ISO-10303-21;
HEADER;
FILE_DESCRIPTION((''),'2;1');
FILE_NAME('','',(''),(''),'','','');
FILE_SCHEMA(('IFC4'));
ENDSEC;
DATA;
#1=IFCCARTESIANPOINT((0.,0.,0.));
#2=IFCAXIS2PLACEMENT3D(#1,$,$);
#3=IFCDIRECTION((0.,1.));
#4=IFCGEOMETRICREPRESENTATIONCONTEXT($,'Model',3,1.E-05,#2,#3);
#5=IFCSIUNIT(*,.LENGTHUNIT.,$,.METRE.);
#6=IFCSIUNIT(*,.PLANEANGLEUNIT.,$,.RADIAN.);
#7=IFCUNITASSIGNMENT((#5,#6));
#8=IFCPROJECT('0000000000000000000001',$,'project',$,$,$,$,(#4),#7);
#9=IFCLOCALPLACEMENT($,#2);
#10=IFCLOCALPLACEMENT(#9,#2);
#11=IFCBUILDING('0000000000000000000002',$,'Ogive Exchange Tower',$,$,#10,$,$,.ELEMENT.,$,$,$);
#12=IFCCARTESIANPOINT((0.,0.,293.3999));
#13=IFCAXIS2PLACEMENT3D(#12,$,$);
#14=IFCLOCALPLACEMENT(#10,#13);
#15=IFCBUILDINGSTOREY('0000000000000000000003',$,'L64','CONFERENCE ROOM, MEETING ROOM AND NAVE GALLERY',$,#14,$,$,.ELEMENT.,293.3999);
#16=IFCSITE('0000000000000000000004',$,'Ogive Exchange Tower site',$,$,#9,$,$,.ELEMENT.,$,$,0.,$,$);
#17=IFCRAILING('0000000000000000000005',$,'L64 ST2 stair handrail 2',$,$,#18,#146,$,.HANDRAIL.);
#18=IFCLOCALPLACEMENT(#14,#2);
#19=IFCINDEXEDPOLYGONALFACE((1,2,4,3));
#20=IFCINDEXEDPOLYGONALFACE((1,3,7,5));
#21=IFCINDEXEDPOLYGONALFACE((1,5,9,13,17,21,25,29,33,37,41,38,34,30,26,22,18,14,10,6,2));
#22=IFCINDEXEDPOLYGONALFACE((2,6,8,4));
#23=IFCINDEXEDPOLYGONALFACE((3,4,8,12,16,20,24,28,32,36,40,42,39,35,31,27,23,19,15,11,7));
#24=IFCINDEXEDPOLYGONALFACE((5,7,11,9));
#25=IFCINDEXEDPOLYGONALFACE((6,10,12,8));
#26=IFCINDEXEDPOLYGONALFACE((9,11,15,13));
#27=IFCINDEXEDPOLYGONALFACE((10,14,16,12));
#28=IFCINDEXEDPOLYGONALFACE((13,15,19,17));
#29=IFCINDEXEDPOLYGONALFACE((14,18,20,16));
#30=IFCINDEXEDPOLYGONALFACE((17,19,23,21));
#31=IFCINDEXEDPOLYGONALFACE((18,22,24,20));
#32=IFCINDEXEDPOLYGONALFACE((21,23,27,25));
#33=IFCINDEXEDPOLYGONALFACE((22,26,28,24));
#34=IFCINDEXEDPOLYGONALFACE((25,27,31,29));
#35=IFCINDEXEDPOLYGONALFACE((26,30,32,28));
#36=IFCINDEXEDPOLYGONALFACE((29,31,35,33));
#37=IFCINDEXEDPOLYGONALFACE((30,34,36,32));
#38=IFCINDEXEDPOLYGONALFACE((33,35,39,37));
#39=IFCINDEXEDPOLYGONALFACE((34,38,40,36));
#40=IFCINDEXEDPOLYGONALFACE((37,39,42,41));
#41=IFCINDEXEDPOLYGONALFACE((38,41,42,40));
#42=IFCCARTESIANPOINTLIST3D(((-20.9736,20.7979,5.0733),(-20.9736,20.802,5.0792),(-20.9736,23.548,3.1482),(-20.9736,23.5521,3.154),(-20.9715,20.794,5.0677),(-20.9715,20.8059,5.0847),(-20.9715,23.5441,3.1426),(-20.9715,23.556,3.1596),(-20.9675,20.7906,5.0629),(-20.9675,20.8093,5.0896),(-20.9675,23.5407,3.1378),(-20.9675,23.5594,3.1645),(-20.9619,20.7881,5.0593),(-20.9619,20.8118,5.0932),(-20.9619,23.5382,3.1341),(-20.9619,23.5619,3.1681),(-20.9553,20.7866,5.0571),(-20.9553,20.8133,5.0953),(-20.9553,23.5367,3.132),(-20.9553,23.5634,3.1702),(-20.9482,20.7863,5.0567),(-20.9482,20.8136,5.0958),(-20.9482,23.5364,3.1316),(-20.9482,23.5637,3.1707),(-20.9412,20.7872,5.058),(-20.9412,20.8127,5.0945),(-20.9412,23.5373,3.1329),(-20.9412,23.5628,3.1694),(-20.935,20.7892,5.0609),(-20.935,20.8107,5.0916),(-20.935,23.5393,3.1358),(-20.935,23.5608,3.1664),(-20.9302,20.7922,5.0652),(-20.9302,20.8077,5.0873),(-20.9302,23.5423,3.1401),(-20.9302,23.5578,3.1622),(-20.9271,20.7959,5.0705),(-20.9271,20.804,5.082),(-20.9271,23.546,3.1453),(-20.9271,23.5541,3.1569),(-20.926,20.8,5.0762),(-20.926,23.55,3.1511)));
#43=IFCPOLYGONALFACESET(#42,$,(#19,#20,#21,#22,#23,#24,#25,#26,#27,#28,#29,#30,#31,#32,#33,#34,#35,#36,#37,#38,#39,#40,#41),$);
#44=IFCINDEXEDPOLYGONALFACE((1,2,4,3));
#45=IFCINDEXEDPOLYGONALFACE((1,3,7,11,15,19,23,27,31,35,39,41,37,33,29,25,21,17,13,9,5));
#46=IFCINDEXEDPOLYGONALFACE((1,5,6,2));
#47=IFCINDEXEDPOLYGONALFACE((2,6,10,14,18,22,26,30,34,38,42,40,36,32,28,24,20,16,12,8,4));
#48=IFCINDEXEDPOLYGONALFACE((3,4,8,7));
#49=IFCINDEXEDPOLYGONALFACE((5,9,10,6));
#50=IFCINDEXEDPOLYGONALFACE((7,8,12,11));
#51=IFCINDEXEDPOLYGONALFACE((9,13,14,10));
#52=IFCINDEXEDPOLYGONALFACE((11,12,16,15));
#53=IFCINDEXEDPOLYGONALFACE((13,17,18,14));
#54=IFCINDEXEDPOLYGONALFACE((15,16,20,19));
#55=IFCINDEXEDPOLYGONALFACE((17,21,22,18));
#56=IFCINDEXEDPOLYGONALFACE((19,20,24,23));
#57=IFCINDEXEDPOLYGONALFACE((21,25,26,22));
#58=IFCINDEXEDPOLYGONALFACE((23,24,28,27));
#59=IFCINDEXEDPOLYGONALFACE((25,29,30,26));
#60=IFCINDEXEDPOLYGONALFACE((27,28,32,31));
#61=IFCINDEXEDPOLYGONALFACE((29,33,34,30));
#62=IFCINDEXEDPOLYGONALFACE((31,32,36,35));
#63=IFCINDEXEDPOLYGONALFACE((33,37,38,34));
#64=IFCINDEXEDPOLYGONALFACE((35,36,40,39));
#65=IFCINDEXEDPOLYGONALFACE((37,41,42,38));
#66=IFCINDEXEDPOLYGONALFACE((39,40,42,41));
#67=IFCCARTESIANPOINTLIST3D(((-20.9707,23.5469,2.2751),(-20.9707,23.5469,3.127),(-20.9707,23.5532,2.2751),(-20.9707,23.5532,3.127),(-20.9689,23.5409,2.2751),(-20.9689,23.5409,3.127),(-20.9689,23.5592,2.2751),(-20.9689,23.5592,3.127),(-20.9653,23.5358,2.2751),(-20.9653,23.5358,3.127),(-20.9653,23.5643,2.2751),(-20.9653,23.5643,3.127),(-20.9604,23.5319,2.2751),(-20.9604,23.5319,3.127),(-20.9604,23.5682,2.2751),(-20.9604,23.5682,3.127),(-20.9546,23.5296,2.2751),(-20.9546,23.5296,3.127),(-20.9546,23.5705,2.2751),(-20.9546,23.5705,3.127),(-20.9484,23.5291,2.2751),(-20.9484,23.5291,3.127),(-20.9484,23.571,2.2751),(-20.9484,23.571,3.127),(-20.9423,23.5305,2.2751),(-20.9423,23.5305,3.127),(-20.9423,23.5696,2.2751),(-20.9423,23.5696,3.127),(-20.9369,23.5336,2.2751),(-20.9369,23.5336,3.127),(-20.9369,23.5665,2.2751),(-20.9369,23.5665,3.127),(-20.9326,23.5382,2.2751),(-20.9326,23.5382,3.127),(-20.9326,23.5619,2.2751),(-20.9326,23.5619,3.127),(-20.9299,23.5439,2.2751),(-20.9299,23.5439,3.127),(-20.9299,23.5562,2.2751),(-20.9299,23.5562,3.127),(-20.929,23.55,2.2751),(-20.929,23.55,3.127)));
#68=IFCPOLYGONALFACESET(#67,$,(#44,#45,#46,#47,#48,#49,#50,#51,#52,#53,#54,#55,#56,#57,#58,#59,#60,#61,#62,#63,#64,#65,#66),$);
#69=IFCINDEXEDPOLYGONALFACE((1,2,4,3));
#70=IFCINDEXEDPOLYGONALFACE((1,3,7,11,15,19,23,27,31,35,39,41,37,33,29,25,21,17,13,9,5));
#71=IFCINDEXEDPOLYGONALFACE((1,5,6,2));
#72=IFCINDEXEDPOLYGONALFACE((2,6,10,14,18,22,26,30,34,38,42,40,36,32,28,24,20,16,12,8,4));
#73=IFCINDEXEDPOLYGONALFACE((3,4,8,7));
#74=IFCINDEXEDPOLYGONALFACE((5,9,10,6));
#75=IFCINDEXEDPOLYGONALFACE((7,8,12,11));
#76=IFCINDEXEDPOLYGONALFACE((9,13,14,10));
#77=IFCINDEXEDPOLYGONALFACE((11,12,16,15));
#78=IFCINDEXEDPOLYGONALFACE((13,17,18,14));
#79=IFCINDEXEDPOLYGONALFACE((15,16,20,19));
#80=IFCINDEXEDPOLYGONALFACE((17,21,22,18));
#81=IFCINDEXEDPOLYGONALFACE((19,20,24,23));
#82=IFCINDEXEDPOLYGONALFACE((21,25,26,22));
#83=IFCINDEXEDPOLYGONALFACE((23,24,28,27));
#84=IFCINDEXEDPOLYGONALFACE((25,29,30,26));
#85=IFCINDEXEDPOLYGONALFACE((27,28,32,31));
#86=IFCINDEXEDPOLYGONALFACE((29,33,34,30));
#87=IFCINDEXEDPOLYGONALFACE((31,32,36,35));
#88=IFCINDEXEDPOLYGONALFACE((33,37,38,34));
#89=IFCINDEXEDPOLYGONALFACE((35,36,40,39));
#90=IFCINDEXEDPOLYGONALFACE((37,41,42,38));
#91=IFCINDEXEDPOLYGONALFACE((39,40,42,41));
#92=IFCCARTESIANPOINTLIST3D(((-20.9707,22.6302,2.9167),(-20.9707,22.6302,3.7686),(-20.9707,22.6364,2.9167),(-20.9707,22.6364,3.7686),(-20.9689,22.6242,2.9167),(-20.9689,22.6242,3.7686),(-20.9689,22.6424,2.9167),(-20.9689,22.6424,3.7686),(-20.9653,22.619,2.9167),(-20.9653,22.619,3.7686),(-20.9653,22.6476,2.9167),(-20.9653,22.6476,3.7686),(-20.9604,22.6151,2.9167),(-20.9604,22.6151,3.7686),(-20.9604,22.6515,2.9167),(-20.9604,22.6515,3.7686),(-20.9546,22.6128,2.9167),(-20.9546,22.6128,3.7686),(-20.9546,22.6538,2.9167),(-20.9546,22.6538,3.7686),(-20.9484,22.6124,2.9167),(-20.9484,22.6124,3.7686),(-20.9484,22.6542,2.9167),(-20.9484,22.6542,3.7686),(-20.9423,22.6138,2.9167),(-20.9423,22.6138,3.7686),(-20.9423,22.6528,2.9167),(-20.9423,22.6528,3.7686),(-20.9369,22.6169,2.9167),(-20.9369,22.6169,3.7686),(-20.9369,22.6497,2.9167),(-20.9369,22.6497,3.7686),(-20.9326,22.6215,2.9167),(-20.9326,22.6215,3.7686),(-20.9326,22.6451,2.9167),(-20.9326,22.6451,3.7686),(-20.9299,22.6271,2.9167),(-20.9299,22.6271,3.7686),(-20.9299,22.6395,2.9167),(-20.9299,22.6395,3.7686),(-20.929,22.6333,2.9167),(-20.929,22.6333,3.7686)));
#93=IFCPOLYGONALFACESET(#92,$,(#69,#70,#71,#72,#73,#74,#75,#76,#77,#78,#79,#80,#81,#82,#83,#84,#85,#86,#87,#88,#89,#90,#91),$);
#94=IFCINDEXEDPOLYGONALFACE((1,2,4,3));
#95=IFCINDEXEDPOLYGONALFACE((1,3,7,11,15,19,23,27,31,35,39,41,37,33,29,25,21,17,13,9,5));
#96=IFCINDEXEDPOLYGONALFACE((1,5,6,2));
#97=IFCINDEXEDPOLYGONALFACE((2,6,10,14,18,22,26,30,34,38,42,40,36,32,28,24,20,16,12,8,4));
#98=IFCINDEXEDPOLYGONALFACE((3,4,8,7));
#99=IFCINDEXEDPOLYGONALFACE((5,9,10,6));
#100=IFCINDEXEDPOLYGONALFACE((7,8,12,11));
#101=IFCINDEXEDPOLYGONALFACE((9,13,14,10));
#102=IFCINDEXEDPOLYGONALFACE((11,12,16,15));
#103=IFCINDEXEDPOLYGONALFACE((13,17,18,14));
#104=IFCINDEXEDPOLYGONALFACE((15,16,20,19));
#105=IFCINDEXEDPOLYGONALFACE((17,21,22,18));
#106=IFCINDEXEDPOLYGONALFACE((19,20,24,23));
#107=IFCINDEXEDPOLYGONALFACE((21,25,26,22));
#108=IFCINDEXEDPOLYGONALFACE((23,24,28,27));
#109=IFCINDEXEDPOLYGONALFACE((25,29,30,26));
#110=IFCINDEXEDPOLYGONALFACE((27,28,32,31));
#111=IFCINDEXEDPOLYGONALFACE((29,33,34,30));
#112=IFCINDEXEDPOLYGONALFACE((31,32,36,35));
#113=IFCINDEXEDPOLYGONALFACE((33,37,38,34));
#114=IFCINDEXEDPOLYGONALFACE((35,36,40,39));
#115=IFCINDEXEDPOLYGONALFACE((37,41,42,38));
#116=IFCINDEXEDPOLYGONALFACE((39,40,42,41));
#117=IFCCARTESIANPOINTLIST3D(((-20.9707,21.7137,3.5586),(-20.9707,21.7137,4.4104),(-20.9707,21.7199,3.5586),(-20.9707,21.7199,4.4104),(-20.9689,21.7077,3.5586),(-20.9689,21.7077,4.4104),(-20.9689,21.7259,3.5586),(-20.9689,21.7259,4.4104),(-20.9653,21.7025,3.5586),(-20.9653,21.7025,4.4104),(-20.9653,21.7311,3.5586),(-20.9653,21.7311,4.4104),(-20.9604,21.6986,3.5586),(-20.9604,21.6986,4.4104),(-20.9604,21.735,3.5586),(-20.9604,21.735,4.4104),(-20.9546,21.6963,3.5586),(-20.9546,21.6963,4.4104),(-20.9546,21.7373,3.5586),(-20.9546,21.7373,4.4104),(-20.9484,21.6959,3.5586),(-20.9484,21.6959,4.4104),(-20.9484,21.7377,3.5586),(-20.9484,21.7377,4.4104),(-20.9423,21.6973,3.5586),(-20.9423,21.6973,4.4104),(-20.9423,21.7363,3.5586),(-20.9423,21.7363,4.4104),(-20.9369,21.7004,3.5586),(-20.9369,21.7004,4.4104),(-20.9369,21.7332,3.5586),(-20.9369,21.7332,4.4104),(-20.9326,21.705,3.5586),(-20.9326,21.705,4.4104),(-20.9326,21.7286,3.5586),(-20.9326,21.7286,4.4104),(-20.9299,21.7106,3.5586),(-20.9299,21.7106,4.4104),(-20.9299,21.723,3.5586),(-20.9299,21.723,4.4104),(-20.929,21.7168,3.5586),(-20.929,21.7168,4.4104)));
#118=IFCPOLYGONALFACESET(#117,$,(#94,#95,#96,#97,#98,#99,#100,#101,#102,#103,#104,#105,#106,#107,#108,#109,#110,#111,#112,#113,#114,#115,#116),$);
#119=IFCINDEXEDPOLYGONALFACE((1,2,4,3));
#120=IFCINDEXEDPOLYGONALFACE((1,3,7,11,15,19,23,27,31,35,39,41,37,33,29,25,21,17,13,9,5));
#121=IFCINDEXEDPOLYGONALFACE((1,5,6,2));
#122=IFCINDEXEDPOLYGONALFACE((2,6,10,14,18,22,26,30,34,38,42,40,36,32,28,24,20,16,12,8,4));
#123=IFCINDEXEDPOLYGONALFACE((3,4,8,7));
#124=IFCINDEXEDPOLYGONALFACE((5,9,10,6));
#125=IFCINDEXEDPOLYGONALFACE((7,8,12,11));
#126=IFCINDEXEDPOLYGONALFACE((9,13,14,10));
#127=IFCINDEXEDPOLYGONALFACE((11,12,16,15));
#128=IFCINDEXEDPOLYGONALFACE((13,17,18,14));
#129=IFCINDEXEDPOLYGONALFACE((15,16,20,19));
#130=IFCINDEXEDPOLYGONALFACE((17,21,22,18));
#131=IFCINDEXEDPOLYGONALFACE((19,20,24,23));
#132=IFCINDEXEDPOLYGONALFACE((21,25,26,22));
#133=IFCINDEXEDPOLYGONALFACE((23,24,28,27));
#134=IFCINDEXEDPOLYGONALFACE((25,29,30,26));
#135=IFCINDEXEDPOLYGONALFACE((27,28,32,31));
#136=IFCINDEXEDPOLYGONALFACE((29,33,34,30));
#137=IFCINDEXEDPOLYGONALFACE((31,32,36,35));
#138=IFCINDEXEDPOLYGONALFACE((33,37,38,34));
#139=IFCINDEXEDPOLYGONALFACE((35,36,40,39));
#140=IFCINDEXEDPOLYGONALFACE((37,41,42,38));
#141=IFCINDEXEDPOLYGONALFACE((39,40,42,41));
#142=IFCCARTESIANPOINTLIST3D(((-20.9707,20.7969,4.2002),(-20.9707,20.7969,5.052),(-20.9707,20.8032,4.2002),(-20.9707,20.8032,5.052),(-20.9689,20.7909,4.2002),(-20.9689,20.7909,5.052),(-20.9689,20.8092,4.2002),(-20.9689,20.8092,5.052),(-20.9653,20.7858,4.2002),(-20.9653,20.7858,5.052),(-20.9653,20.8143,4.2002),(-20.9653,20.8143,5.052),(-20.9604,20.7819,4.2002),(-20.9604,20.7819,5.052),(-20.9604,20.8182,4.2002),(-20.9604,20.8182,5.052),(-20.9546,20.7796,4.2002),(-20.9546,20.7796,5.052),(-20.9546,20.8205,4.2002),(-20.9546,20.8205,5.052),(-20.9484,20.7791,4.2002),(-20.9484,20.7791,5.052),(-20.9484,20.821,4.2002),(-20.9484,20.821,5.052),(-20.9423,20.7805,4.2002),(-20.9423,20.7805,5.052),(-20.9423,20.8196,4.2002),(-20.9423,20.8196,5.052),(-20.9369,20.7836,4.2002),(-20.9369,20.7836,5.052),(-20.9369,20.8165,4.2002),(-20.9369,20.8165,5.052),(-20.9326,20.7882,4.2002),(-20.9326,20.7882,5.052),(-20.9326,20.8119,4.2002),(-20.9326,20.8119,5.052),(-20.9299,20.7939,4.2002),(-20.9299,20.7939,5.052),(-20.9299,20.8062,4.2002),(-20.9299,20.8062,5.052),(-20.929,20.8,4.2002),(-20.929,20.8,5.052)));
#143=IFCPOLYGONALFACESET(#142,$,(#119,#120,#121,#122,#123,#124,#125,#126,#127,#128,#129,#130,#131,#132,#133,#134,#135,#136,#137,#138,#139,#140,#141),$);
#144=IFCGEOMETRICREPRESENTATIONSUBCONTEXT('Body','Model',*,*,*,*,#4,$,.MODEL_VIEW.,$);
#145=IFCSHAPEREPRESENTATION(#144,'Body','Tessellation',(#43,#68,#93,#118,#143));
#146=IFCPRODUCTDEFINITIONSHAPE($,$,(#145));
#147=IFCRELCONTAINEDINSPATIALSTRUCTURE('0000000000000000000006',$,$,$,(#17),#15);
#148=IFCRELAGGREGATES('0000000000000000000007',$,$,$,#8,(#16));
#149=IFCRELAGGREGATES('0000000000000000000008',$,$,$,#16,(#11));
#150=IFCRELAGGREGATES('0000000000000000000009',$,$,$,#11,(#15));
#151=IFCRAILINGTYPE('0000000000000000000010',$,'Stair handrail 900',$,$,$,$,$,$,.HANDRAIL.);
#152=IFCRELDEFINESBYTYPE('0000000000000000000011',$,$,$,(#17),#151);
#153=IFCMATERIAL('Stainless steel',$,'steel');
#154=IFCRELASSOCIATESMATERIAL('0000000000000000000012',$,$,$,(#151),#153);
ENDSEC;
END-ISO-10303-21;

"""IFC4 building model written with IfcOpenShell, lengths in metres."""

from ifc_helpers import new_model, si_unit, direction, frame, origin, origin_2d, place, context, subcontext, project, spatial, circle, extrude, material, type_object, element, save


model = new_model("IFC4")

# Units and contexts
model_context = context("Model", 3, precision=1e-05, world=origin(), true_north=direction((0.0, 1.0)))
body_context = subcontext(model_context, "Body", "Model", "MODEL_VIEW")
ifc_project = project(units=[si_unit("LENGTHUNIT", "METRE"), si_unit("PLANEANGLEUNIT", "RADIAN")], contexts=[model_context])

# Site, building, storey
site_placement = place(None, origin())
site = spatial("IfcSite", under=ifc_project, at=site_placement, Name="Ogive Exchange Tower site", CompositionType="ELEMENT", RefElevation=0.0)
building_placement = place(site_placement, origin())
building = spatial("IfcBuilding", under=site, at=building_placement, Name="Ogive Exchange Tower", CompositionType="ELEMENT")
storey_placement = place(building_placement, frame((0.0, 0.0, 293.3999)))
storey = spatial("IfcBuildingStorey", under=building, at=storey_placement, Name="L64", Description="CONFERENCE ROOM, MEETING ROOM AND NAVE GALLERY", CompositionType="ELEMENT", Elevation=293.3999)

# Railing
ifc_material_1 = material(Name="Stainless steel", Category="steel")
railing_type = type_object("IfcRailingType", Name="Stair handrail 900", PredefinedType="HANDRAIL", material=ifc_material_1)
railing_placement = place(storey_placement, frame((-20.95, 23.55, 2.2751)))
element("IfcRailing", 1, at=railing_placement, inside=storey, type_object=railing_type, Name="L64 ST2 stair handrail 2", PredefinedType="HANDRAIL", context=body_context, shape_type="SweptSolid", body=[
    extrude(circle(Radius=0.0239, at=origin_2d()), frame((0.0, 0.0, 0.876), z_axis=(0.0, -0.819225, 0.573472), x_axis=(1.0, 0.0, 0.0)), (0.0, 0.0, 1.0), 3.3569),
    extrude(circle(Radius=0.021, at=origin_2d()), origin(), (0.0, 0.0, 1.0), 0.8518),
    extrude(circle(Radius=0.021, at=origin_2d()), frame((0.0, -0.9167, 0.6416)), (0.0, 0.0, 1.0), 0.8518),
    extrude(circle(Radius=0.021, at=origin_2d()), frame((0.0, -1.8333, 1.2834)), (0.0, 0.0, 1.0), 0.8518),
    extrude(circle(Radius=0.021, at=origin_2d()), frame((0.0, -2.75, 1.925)), (0.0, 0.0, 1.0), 0.8518),
])

save(model, "model.ifc")
